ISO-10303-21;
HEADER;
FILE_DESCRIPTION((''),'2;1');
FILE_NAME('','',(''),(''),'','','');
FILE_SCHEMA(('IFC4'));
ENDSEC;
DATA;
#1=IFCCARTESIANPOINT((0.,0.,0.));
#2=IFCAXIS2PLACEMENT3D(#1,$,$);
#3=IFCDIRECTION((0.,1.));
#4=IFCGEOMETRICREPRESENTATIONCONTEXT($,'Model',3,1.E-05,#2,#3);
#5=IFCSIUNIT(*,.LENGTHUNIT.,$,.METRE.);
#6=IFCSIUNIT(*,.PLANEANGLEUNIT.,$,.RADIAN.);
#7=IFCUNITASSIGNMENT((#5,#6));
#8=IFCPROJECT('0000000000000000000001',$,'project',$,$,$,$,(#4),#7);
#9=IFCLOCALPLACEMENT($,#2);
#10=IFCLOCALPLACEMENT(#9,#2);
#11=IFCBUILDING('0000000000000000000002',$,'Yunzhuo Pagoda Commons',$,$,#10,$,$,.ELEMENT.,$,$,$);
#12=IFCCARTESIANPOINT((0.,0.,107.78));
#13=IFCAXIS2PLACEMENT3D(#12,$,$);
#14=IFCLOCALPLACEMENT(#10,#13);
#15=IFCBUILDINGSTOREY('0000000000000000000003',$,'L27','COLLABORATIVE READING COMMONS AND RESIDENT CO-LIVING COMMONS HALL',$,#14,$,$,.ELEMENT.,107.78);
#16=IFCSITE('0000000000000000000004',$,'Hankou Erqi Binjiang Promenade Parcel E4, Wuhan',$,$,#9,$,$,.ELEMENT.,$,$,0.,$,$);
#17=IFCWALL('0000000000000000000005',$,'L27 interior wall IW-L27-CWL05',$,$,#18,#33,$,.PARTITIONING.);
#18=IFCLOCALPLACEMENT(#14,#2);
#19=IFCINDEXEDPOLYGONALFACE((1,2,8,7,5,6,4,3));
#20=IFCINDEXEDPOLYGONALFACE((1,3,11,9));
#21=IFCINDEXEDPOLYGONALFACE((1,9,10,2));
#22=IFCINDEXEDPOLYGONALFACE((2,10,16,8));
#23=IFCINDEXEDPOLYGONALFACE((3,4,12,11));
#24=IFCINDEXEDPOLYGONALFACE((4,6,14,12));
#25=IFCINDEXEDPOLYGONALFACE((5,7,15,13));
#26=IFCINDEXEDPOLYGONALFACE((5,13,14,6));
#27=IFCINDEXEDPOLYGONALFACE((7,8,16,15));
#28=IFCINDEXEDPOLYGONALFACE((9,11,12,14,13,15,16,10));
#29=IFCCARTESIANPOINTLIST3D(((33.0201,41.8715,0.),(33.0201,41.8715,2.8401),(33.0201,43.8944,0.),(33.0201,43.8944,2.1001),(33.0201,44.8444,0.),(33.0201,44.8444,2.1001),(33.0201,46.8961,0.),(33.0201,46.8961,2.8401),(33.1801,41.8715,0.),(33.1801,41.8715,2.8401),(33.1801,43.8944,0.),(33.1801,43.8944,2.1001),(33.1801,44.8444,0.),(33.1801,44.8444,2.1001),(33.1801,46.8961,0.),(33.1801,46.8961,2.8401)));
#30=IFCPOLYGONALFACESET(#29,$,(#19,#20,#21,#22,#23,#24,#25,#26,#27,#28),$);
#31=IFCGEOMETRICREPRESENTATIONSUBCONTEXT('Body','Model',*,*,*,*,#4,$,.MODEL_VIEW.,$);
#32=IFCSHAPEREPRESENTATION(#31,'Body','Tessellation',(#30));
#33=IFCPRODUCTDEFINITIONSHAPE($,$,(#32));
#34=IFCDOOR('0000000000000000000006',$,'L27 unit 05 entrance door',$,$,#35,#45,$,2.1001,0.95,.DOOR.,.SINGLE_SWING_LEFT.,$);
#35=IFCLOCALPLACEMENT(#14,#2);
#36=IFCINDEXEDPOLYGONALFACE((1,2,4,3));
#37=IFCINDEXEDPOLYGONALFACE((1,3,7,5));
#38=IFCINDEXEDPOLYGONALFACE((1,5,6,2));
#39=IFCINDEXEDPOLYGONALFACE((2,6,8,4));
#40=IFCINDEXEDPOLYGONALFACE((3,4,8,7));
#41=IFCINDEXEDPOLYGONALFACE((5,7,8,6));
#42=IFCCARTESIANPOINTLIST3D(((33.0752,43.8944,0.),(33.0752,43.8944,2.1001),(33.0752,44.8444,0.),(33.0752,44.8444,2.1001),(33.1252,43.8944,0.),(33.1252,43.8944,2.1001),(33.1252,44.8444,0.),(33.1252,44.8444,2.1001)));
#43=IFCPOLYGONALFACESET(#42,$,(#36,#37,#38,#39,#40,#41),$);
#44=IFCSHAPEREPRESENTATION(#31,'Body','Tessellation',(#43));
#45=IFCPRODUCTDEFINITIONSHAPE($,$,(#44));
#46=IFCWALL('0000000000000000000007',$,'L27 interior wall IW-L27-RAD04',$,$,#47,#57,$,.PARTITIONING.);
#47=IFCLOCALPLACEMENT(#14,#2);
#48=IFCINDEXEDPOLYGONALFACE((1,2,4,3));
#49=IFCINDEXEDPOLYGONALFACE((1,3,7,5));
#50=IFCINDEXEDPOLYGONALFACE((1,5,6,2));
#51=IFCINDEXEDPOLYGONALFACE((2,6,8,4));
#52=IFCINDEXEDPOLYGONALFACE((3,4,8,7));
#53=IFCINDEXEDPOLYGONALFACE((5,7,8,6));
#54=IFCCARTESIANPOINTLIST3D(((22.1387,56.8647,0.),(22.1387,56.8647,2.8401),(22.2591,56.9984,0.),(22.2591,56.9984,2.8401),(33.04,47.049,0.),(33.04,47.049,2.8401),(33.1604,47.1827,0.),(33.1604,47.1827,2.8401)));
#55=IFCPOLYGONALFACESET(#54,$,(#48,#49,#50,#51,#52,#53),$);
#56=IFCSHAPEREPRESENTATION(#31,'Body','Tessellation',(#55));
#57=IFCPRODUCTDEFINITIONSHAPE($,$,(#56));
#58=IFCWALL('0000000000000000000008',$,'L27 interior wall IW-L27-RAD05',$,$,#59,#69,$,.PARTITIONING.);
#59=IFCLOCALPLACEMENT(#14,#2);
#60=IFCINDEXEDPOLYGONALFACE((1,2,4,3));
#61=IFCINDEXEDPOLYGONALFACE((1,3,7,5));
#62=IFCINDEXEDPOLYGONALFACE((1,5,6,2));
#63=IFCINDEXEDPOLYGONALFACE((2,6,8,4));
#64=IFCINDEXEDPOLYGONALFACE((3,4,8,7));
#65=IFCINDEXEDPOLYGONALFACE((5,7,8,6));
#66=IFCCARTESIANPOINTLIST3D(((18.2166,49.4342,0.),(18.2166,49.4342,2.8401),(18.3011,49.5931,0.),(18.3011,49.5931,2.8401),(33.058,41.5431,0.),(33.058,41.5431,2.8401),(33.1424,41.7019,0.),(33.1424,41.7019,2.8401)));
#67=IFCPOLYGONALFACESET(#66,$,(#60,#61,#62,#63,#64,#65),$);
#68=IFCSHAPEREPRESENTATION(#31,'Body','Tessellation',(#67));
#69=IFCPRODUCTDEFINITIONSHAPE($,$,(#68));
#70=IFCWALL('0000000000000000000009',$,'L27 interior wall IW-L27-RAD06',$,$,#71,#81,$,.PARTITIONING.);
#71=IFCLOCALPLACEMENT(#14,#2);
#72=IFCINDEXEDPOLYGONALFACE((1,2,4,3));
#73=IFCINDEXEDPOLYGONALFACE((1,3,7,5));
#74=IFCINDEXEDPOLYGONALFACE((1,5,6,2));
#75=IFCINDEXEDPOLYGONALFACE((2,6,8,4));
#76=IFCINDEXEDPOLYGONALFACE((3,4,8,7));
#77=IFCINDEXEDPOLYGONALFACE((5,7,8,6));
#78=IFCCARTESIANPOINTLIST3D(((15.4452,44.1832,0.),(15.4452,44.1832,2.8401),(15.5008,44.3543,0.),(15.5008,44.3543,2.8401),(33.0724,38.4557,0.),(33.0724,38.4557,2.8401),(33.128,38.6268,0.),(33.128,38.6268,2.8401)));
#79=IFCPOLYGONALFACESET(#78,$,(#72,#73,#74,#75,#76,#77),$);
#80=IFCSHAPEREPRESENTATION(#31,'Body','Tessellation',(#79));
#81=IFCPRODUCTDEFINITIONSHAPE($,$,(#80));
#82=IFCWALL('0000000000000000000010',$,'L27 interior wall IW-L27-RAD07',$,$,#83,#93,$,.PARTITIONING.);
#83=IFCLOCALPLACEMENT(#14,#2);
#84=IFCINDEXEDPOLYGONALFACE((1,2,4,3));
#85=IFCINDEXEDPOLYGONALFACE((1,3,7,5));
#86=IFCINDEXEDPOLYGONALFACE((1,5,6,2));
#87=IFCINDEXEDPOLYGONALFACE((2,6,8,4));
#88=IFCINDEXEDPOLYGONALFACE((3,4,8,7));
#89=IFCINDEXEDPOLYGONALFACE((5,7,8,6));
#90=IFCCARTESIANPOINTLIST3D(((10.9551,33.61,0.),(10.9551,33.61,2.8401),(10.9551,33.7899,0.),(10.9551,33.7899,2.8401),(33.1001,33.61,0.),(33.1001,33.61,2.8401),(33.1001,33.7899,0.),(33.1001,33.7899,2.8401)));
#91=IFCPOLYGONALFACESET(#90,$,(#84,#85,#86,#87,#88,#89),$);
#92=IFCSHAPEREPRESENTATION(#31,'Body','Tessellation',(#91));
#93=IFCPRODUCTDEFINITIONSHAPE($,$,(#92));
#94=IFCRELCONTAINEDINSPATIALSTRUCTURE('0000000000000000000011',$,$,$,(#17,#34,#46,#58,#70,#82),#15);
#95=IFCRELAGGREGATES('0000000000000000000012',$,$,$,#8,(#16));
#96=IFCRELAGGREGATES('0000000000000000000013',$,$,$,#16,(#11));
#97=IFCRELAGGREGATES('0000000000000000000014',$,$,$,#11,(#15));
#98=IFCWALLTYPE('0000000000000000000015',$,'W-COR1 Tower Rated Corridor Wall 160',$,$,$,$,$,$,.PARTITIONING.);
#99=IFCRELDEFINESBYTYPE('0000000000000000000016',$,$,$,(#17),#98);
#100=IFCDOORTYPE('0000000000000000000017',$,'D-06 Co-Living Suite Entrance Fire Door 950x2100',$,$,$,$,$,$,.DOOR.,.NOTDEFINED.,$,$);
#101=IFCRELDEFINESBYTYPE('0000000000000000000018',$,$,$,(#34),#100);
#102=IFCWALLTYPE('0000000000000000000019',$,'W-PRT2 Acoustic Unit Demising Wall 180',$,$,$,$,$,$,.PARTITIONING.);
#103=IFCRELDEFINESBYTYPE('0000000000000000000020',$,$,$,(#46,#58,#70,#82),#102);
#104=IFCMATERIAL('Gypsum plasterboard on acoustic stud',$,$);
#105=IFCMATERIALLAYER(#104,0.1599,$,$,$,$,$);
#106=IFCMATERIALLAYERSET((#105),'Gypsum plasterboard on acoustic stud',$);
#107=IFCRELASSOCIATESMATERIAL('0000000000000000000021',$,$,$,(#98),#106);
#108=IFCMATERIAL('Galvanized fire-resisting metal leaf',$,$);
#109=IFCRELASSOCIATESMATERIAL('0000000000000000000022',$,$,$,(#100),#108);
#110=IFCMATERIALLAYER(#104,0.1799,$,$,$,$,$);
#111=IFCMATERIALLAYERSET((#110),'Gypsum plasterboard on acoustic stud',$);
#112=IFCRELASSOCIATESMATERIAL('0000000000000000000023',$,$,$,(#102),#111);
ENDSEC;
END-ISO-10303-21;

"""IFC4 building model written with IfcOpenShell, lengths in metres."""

from ifc_helpers import new_model, si_unit, direction, frame, frame_2d, origin, origin_with_axes, place, context, subcontext, project, spatial, rectangle, extrude, source, transform, mapped, material, layer, layer_set, type_object, element, fill, save


model = new_model("IFC4")

# Units and contexts
model_context = context("Model", 3, precision=1e-05, world=origin(), true_north=direction((0.0, 1.0)))
body_context = subcontext(model_context, "Body", "Model", "MODEL_VIEW")
ifc_project = project(units=[si_unit("LENGTHUNIT", "METRE"), si_unit("PLANEANGLEUNIT", "RADIAN")], contexts=[model_context])

# Site, building, storey
site_placement = place(None, origin())
site = spatial("IfcSite", under=ifc_project, at=site_placement, Name="Hankou Erqi Binjiang Promenade Parcel E4, Wuhan", CompositionType="ELEMENT", RefElevation=0.0)
building_placement = place(site_placement, origin())
building = spatial("IfcBuilding", under=site, at=building_placement, Name="Yunzhuo Pagoda Commons", CompositionType="ELEMENT")
storey_placement = place(building_placement, frame((0.0, 0.0, 107.78)))
storey = spatial("IfcBuildingStorey", under=building, at=storey_placement, Name="L27", Description="COLLABORATIVE READING COMMONS AND RESIDENT CO-LIVING COMMONS HALL", CompositionType="ELEMENT", Elevation=107.78)

# Wall, opening, door
ifc_material_1 = material(Name="Gypsum plasterboard on acoustic stud")
ifc_layer_1 = layer(ifc_material_1, 0.1599)
ifc_layer_set_1 = layer_set([ifc_layer_1], Name="Gypsum plasterboard on acoustic stud")
wall_type_1 = type_object("IfcWallType", Name="W-COR1 Tower Rated Corridor Wall 160", PredefinedType="PARTITIONING", material=ifc_layer_set_1)
ifc_material_2 = material(Name="Galvanized fire-resisting metal leaf")
door_type = type_object("IfcDoorType", Name="D-06 Co-Living Suite Entrance Fire Door 950x2100", OperationType="NOTDEFINED", PredefinedType="DOOR", material=ifc_material_2)
shared_shape_1 = source(origin(), body_context, "Body", "SweptSolid", [
    extrude(rectangle(XDim=0.95, YDim=2.1001, at=frame_2d((0.4751, 1.05))), frame((0.0, 0.0249, 0.0), z_axis=(0.0, -1.0, 0.0), x_axis=(1.0, 0.0, 0.0)), (0.0, 0.0, 1.0), 0.05),
])
wall_1_placement = place(storey_placement, frame((33.1001, 41.8716, 0.0), z_axis=(0.0, 0.0, 1.0), x_axis=(0.0, 1.0, 0.0)))
wall_1 = element("IfcWall", 1, at=wall_1_placement, inside=storey, type_object=wall_type_1, Name="L27 interior wall IW-L27-CWL05", PredefinedType="PARTITIONING", context=body_context, shape_type="SweptSolid", body=[
    extrude(rectangle(XDim=5.0247, YDim=0.1599, at=frame_2d((2.5122, 0.0))), origin(), (0.0, 0.0, 1.0), 2.8401),
])
opening_1_placement = place(wall_1_placement, frame((2.0227, 0.0, 0.0)))
opening_1 = element("IfcOpeningElement", 2, at=opening_1_placement, cuts=wall_1, PredefinedType="OPENING", context=body_context, shape_type="SweptSolid", body=[
    extrude(rectangle(XDim=0.95, YDim=2.1001, at=frame_2d((0.4751, 1.05))), frame((0.0, 0.0898, 0.0), z_axis=(0.0, -1.0, 0.0), x_axis=(1.0, 0.0, 0.0)), (0.0, 0.0, 1.0), 0.1799),
])
door_1_placement = place(opening_1_placement, origin_with_axes())
door_1 = element("IfcDoor", 3, at=door_1_placement, inside=storey, type_object=door_type, Name="L27 unit 05 entrance door", OperationType="SINGLE_SWING_LEFT", OverallHeight=2.1001, OverallWidth=0.95, PredefinedType="DOOR", context=body_context, shape_type="MappedRepresentation", body=[
    mapped(shared_shape_1, transform((0.0, 0.0, 0.0), scale=1.0)),
])
fill(opening_1, door_1)

# Walls
ifc_layer_2 = layer(ifc_material_1, 0.1799)
ifc_layer_set_2 = layer_set([ifc_layer_2], Name="Gypsum plasterboard on acoustic stud")
wall_type_2 = type_object("IfcWallType", Name="W-PRT2 Acoustic Unit Demising Wall 180", PredefinedType="PARTITIONING", material=ifc_layer_set_2)
wall_2_placement = place(storey_placement, frame((33.1001, 47.116, 0.0), z_axis=(0.0, 0.0, 1.0), x_axis=(-0.743144, 0.669132, 0.0)))
element("IfcWall", 4, at=wall_2_placement, inside=storey, type_object=wall_type_2, Name="L27 interior wall IW-L27-RAD04", PredefinedType="PARTITIONING", context=body_context, shape_type="SweptSolid", body=[
    extrude(rectangle(XDim=14.6692, YDim=0.1799, at=frame_2d((7.3345, 0.0))), origin(), (0.0, 0.0, 1.0), 2.8401),
])
wall_3_placement = place(storey_placement, frame((33.1001, 41.6226, 0.0), z_axis=(0.0, 0.0, 1.0), x_axis=(-0.882951, 0.469465, 0.0)))
element("IfcWall", 5, at=wall_3_placement, inside=storey, type_object=wall_type_2, Name="L27 interior wall IW-L27-RAD05", PredefinedType="PARTITIONING", context=body_context, shape_type="SweptSolid", body=[
    extrude(rectangle(XDim=16.8088, YDim=0.1799, at=frame_2d((8.4043, 0.0))), origin(), (0.0, 0.0, 1.0), 2.8401),
])
wall_4_placement = place(storey_placement, frame((33.1001, 38.5413, 0.0), z_axis=(0.0, 0.0, 1.0), x_axis=(-0.951055, 0.309023, 0.0)))
element("IfcWall", 6, at=wall_4_placement, inside=storey, type_object=wall_type_2, Name="L27 interior wall IW-L27-RAD06", PredefinedType="PARTITIONING", context=body_context, shape_type="SweptSolid", body=[
    extrude(rectangle(XDim=18.5344, YDim=0.1799, at=frame_2d((9.2671, 0.0))), origin(), (0.0, 0.0, 1.0), 2.8401),
])
wall_5_placement = place(storey_placement, frame((33.1001, 33.7, 0.0), z_axis=(0.0, 0.0, 1.0), x_axis=(-1.0, 0.0, 0.0)))
element("IfcWall", 7, at=wall_5_placement, inside=storey, type_object=wall_type_2, Name="L27 interior wall IW-L27-RAD07", PredefinedType="PARTITIONING", context=body_context, shape_type="SweptSolid", body=[
    extrude(rectangle(XDim=22.145, YDim=0.1799, at=frame_2d((11.0725, 0.0))), origin(), (0.0, 0.0, 1.0), 2.8401),
])

save(model, "model.ifc")
